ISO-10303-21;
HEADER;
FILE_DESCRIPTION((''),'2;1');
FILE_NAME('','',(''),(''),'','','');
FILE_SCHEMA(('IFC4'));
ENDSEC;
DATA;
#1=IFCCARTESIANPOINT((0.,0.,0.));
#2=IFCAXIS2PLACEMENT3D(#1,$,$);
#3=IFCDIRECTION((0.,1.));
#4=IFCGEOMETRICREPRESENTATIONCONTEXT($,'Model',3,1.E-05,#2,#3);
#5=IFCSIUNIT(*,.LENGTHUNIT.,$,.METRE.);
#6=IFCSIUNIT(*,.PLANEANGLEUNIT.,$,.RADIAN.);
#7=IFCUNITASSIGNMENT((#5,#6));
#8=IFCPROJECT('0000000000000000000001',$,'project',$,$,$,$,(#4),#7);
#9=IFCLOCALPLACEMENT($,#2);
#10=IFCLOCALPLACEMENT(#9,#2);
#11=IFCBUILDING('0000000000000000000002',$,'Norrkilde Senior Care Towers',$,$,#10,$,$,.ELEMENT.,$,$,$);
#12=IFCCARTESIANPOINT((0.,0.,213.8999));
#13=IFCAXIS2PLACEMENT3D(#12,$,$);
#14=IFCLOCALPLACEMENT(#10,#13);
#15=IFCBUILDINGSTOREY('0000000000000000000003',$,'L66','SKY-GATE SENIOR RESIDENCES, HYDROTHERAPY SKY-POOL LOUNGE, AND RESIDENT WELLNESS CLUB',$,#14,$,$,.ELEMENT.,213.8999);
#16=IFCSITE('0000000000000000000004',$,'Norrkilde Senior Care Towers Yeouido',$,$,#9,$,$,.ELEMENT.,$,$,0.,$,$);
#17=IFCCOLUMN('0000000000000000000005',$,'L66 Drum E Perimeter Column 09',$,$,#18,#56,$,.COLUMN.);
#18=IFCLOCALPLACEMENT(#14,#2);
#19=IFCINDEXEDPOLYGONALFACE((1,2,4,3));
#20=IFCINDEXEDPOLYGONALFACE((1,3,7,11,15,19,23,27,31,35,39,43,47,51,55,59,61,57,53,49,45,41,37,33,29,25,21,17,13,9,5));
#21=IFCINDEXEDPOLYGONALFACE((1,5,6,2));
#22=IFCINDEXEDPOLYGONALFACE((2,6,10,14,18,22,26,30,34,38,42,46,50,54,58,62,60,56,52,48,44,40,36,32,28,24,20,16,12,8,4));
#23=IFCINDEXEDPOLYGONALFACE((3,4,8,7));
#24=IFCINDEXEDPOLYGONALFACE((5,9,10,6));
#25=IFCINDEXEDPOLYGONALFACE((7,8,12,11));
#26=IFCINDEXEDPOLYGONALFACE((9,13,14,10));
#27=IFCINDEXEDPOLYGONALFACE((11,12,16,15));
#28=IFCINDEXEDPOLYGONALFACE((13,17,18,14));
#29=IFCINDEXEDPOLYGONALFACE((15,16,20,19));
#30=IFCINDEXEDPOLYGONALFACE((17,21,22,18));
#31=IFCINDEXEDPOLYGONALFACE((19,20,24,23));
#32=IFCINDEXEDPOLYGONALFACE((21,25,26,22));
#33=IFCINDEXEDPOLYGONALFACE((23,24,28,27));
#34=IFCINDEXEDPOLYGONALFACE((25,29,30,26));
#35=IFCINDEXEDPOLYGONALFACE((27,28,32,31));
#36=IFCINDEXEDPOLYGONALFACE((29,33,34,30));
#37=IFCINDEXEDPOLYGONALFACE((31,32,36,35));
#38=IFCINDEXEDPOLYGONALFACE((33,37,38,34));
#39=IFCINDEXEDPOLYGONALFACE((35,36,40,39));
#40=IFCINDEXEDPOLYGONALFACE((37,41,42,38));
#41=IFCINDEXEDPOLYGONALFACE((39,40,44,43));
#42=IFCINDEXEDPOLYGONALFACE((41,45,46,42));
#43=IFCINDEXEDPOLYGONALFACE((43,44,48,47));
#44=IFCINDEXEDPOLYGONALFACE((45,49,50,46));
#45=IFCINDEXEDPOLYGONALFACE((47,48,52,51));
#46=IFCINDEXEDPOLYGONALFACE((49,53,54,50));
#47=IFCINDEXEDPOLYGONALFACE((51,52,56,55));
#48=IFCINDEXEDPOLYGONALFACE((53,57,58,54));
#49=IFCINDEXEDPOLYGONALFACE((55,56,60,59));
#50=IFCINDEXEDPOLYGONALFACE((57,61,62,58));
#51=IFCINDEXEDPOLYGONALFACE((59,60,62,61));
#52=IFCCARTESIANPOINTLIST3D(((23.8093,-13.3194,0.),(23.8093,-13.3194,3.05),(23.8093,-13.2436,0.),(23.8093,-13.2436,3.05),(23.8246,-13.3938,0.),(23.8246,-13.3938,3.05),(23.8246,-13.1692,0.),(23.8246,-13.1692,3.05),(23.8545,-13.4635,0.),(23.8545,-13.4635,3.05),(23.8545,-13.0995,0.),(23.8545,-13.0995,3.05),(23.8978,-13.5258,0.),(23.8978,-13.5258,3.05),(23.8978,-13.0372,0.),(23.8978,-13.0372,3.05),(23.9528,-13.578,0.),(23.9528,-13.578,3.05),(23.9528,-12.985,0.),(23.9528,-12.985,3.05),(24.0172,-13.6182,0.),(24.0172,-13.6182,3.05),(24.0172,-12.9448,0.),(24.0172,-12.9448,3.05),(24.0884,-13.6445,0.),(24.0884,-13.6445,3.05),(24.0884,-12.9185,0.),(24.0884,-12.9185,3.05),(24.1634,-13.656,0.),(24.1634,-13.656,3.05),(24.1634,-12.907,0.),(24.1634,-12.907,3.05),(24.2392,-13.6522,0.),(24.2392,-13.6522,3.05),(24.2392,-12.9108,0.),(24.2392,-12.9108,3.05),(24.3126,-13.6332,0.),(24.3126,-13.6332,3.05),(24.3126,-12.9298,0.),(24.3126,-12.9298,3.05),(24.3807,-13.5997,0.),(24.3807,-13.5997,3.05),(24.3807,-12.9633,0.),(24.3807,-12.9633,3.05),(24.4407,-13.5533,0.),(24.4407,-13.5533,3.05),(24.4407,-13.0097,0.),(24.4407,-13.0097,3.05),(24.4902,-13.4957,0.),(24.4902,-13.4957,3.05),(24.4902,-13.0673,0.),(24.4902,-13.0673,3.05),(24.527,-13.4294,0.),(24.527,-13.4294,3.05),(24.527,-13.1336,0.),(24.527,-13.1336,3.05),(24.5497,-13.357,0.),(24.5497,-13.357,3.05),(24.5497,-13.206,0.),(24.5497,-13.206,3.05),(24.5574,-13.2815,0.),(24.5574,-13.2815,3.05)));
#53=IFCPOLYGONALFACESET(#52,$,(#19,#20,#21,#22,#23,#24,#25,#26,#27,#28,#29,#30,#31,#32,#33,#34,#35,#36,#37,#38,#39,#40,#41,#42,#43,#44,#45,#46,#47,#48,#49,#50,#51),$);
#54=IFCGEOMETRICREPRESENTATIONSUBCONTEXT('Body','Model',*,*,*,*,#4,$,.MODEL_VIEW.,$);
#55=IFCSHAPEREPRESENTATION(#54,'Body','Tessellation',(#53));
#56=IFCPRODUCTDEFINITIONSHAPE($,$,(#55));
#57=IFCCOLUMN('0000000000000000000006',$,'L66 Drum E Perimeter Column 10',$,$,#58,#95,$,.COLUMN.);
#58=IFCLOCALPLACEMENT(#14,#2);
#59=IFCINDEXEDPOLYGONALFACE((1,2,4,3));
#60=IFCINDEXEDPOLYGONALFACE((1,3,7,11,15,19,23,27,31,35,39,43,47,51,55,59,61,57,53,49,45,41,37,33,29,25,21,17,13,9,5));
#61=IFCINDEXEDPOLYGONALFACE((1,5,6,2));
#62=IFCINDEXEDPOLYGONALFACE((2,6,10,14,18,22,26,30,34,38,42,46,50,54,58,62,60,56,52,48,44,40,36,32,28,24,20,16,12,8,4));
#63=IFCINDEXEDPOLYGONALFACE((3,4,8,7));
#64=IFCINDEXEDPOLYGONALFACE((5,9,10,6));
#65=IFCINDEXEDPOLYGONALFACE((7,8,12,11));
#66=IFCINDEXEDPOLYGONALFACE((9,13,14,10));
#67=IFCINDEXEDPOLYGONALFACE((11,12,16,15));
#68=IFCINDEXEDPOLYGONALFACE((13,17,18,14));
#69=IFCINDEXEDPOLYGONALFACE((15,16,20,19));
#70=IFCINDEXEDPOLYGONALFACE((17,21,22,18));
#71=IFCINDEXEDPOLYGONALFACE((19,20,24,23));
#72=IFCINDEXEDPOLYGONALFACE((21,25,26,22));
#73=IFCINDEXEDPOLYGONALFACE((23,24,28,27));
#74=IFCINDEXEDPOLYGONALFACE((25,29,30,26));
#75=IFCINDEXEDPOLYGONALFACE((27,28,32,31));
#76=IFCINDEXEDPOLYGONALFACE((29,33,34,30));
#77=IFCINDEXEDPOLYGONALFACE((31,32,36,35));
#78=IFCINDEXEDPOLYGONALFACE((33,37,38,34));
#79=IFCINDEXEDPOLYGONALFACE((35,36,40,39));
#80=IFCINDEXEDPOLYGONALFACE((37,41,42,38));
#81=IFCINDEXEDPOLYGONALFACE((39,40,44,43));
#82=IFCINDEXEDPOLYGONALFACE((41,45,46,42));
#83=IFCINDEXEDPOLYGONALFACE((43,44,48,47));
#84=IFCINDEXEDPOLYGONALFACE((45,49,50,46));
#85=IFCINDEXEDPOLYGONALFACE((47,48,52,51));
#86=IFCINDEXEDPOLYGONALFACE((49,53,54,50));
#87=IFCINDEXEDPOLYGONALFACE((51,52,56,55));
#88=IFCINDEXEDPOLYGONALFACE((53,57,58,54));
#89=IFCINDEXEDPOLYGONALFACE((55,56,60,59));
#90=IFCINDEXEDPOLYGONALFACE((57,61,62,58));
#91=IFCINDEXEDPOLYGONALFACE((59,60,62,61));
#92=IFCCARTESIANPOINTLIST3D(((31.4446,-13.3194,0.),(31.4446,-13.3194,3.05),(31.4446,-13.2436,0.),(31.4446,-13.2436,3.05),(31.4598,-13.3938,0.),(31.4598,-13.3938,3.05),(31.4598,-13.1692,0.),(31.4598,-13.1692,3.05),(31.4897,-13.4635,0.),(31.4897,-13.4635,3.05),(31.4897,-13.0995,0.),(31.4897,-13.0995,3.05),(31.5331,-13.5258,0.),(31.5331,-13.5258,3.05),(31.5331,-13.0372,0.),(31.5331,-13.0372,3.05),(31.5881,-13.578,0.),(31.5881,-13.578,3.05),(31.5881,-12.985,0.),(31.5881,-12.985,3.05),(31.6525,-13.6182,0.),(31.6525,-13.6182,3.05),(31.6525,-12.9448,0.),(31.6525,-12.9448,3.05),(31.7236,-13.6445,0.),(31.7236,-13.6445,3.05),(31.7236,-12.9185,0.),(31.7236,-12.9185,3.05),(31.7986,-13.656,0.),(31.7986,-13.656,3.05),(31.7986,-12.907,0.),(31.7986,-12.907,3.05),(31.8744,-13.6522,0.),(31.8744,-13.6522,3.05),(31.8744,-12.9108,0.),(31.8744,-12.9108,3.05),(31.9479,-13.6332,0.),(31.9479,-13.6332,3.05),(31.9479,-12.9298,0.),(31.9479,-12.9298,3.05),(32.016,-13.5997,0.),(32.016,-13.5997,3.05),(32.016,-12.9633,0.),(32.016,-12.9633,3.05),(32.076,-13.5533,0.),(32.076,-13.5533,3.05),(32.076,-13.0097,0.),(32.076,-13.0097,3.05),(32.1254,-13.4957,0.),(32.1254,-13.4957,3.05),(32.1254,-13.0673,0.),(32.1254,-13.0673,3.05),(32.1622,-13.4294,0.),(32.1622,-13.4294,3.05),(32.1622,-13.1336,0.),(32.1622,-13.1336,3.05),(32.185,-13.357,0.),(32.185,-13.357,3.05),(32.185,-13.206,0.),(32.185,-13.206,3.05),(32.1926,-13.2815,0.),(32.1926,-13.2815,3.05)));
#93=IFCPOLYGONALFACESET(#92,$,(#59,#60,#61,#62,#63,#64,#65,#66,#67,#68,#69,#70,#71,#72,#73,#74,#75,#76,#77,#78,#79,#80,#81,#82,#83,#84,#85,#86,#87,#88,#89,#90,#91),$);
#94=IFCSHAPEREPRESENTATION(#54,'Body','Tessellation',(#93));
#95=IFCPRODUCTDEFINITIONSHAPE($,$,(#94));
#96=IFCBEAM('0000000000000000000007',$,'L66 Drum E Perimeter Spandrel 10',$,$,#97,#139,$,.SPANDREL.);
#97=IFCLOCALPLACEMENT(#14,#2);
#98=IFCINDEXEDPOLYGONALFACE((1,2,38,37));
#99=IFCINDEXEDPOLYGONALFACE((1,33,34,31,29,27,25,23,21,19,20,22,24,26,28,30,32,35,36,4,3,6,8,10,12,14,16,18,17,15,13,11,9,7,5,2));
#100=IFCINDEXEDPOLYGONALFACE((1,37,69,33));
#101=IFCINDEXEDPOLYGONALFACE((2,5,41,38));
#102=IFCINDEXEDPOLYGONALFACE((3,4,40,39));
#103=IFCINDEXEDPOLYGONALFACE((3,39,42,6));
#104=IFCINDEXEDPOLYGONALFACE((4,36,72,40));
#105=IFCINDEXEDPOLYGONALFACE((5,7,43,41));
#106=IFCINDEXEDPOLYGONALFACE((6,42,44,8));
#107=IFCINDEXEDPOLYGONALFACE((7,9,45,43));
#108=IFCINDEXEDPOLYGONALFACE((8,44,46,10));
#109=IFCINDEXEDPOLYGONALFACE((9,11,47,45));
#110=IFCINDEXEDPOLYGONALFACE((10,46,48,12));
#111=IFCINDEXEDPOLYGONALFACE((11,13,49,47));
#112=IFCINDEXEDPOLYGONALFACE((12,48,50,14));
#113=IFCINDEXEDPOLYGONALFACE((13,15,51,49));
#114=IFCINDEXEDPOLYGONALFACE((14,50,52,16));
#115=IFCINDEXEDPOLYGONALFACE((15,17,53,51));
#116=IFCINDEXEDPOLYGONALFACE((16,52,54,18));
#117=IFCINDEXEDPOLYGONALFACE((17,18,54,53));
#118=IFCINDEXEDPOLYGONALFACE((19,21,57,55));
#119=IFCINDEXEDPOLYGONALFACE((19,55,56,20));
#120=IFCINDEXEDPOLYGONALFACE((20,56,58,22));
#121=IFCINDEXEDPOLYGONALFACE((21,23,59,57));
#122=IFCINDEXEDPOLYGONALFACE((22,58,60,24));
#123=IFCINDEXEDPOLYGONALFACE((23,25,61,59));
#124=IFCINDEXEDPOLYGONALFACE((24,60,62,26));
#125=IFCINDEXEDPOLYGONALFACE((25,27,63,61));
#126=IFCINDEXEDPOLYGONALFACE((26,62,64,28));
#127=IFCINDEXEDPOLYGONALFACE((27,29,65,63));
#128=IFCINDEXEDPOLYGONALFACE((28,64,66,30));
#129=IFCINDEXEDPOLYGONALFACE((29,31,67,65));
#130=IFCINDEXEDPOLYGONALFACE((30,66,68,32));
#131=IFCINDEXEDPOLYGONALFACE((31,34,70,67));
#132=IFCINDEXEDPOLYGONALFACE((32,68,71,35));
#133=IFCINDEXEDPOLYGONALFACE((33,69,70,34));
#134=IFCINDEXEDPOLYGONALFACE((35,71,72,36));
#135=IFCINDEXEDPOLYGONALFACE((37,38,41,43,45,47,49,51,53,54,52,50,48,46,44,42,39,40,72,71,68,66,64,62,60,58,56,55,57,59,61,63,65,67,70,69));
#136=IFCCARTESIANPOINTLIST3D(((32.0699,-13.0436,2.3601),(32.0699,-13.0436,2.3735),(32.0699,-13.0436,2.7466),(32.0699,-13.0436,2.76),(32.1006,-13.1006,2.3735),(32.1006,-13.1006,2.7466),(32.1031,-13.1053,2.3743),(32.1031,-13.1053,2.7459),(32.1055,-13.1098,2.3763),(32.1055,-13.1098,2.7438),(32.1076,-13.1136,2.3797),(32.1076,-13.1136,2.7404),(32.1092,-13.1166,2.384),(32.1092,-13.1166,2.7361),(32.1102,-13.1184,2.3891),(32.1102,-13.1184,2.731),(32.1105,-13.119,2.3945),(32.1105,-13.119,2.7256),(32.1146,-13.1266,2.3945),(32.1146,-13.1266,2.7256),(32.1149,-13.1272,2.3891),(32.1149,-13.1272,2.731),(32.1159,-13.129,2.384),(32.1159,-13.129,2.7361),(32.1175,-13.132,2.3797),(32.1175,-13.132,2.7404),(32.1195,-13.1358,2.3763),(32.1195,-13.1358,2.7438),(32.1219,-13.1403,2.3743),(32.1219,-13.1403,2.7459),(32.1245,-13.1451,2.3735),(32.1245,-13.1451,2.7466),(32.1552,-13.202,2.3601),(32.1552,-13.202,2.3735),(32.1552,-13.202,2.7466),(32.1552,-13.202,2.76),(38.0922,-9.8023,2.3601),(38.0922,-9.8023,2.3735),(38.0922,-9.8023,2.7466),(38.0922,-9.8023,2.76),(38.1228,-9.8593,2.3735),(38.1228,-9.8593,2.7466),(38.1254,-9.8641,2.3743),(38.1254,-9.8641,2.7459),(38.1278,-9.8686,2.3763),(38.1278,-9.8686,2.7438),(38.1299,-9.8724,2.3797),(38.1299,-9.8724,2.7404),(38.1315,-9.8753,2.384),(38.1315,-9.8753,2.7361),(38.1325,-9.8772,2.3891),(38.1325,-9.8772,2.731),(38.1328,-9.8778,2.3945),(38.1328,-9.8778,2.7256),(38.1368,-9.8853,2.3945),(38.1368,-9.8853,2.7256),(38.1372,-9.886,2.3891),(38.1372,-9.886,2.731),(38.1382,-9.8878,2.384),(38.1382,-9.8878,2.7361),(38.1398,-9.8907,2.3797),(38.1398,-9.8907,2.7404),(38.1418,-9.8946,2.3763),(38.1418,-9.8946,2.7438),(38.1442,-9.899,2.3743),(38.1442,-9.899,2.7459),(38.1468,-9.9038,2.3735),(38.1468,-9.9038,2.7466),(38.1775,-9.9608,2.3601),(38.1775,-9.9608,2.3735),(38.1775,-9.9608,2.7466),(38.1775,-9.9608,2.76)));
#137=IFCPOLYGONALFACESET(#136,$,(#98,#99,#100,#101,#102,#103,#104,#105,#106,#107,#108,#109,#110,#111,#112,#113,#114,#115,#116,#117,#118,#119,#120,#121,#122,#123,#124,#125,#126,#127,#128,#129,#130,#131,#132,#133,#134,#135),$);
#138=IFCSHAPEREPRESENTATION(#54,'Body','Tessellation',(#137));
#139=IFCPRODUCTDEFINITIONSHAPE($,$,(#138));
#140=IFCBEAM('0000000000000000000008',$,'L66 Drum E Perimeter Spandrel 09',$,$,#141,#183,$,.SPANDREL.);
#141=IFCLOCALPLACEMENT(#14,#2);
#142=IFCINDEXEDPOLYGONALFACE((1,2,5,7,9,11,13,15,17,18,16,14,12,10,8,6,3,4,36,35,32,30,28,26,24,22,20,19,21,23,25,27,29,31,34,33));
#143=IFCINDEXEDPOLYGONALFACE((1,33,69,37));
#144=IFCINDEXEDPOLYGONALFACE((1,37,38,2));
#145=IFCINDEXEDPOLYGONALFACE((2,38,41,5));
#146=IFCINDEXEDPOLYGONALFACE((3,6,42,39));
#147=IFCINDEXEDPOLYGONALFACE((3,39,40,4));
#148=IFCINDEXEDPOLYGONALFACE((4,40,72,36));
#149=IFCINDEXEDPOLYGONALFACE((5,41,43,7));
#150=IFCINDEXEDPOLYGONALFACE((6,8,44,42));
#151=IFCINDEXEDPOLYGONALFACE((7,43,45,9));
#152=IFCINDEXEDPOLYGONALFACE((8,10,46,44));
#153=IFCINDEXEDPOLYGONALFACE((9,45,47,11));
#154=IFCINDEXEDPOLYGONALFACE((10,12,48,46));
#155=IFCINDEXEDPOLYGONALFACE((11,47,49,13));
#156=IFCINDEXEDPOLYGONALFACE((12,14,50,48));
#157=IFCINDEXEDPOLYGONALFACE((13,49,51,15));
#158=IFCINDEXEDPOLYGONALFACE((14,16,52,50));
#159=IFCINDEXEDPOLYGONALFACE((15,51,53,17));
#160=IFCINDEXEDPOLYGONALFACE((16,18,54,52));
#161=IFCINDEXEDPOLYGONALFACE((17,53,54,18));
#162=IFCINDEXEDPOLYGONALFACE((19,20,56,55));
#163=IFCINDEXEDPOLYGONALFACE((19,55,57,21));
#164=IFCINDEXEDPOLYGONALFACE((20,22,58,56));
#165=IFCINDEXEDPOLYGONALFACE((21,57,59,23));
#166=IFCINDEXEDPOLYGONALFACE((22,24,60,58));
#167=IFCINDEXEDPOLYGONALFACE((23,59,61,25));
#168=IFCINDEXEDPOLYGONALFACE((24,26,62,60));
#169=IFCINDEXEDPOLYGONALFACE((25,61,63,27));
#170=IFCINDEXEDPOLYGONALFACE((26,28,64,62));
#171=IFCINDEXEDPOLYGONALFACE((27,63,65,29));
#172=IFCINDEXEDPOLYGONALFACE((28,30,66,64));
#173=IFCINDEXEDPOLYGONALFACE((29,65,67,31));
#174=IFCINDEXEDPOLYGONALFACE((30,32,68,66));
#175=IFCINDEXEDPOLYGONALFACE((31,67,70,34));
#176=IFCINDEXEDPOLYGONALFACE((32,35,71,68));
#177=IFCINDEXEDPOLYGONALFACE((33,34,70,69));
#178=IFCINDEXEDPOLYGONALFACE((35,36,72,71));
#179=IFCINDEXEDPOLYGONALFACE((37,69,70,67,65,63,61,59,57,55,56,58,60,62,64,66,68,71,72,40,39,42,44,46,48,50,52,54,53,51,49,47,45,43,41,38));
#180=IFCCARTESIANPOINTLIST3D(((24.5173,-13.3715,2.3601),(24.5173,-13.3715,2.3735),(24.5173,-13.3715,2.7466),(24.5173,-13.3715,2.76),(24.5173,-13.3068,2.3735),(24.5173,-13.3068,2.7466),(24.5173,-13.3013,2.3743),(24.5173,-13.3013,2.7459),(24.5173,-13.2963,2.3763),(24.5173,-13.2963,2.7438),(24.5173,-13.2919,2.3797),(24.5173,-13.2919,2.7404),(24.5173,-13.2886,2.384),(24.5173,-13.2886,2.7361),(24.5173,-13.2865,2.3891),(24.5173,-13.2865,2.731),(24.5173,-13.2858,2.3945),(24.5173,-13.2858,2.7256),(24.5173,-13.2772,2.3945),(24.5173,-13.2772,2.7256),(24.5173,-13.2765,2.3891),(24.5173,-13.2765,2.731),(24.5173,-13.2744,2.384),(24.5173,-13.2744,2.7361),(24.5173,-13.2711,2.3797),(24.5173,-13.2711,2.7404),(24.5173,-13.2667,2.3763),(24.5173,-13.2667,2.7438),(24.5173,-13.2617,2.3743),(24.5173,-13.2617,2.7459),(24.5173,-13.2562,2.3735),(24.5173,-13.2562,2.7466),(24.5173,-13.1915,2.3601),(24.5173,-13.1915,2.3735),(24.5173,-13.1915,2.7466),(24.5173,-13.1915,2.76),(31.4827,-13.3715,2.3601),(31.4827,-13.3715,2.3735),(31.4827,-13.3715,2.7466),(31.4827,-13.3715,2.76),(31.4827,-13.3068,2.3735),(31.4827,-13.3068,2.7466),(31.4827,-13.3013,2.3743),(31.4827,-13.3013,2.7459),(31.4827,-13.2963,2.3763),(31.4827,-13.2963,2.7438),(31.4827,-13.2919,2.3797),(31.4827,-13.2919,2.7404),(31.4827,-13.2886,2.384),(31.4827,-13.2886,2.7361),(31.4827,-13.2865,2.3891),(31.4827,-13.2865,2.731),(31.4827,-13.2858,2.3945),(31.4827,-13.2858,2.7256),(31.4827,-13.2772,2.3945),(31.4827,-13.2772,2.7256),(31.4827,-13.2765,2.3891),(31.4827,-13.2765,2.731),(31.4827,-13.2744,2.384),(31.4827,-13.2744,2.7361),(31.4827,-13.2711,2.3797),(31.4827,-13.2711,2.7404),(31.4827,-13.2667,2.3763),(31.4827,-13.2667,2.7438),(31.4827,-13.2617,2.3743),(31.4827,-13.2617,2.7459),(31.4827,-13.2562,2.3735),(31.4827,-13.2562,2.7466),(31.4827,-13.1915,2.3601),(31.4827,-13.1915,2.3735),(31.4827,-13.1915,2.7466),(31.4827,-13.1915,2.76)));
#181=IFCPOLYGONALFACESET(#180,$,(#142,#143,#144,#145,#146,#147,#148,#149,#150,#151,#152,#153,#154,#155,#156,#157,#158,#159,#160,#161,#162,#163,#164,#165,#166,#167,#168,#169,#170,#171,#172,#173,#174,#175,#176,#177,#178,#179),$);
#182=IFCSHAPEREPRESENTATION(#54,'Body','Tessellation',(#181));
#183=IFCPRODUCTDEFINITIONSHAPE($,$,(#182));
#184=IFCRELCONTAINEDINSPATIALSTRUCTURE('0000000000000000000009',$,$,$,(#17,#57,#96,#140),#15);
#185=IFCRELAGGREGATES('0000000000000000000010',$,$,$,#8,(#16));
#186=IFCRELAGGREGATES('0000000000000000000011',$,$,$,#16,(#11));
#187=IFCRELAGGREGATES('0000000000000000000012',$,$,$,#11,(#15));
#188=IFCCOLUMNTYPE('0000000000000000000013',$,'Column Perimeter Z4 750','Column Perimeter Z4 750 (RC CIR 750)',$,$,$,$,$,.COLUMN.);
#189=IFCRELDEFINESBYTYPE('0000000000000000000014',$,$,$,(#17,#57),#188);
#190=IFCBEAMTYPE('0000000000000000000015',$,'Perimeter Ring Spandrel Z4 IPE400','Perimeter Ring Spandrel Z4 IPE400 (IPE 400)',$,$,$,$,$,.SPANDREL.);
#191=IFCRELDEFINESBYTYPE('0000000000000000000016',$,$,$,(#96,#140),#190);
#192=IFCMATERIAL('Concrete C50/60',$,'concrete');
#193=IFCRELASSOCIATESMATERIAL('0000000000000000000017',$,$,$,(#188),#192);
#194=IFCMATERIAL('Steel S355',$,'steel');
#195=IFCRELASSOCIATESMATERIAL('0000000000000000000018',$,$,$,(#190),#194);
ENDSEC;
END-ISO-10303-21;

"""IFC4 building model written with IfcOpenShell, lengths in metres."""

from ifc_helpers import new_model, si_unit, direction, frame, origin, origin_2d, place, context, subcontext, project, spatial, circle, i_section, extrude, source, transform, mapped, material, material_profile, profile_set, type_object, type_shapes, element, save


model = new_model("IFC4")

# Units and contexts
model_context = context("Model", 3, precision=1e-05, world=origin(), true_north=direction((0.0, 1.0)))
body_context = subcontext(model_context, "Body", "Model", "MODEL_VIEW")
ifc_project = project(units=[si_unit("LENGTHUNIT", "METRE"), si_unit("PLANEANGLEUNIT", "RADIAN")], contexts=[model_context])

# Site, building, storey
site_placement = place(None, origin())
site = spatial("IfcSite", under=ifc_project, at=site_placement, Name="Norrkilde Senior Care Towers Yeouido", CompositionType="ELEMENT", RefElevation=0.0)
building_placement = place(site_placement, origin())
building = spatial("IfcBuilding", under=site, at=building_placement, Name="Norrkilde Senior Care Towers", CompositionType="ELEMENT")
storey_placement = place(building_placement, frame((0.0, 0.0, 213.8999)))
storey = spatial("IfcBuildingStorey", under=building, at=storey_placement, Name="L66", Description="SKY-GATE SENIOR RESIDENCES, HYDROTHERAPY SKY-POOL LOUNGE, AND RESIDENT WELLNESS CLUB", CompositionType="ELEMENT", Elevation=213.8999)

# Columns
ifc_material_1 = material(Name="Concrete C50/60", Category="concrete")
ifc_material_profile_1 = material_profile(ifc_material_1, circle(Radius=0.375, at=origin_2d()), Name="RC CIR 750")
ifc_profile_set_1 = profile_set([ifc_material_profile_1], Name="Concrete C50/60")
column_type = type_object("IfcColumnType", Name="Column Perimeter Z4 750", Description="Column Perimeter Z4 750 (RC CIR 750)", PredefinedType="COLUMN", material=ifc_profile_set_1)
shared_shape_1 = source(origin(), body_context, "Body", "SweptSolid", [
    extrude(circle(Radius=0.375, at=origin_2d()), origin(), (0.0, 0.0, 1.0), 3.05),
])
type_shapes(column_type, [shared_shape_1])
for number, where, z_axis, x_axis, name in (
    (1, (24.1824, -13.2815, 0.0), (0.0, 0.0, 1.0), (1.0, 0.0, 0.0), "L66 Drum E Perimeter Column 09"),
    (2, (31.8176, -13.2815, 0.0), (0.0, 0.0, 1.0), (1.0, 0.0, 0.0), "L66 Drum E Perimeter Column 10"),
):
    element("IfcColumn", number, at=place(storey_placement, frame(where, z_axis=z_axis, x_axis=x_axis)), inside=storey, type_object=column_type, Name=name, PredefinedType="COLUMN", context=body_context, shape_type="MappedRepresentation", body=[
        mapped(shared_shape_1, transform((0.0, 0.0, 0.0), x_axis=(1.0, 0.0, 0.0), y_axis=(0.0, 1.0, 0.0), z_axis=(0.0, 0.0, 1.0), scale=1.0)),
    ])

# Beams
ifc_material_2 = material(Name="Steel S355", Category="steel")
ifc_material_profile_2 = material_profile(ifc_material_2, i_section(OverallWidth=0.1799, OverallDepth=0.3999, WebThickness=0.0085, FlangeThickness=0.0134, FilletRadius=0.021, at=origin_2d()), Name="IPE 400")
ifc_profile_set_2 = profile_set([ifc_material_profile_2], Name="Steel S355")
beam_type_1 = type_object("IfcBeamType", Name="Perimeter Ring Spandrel Z4 IPE400", Description="Perimeter Ring Spandrel Z4 IPE400 (IPE 400)", PredefinedType="SPANDREL", material=ifc_profile_set_2)
shared_shape_2 = source(origin(), body_context, "Body", "SweptSolid", [
    extrude(i_section(OverallWidth=0.1799, OverallDepth=0.3999, WebThickness=0.0085, FlangeThickness=0.0134, FilletRadius=0.021, at=origin_2d()), origin(), (0.0, 0.0, 1.0), 6.8391),
])
beam_1_placement = place(storey_placement, frame((32.1125, -13.1228, 2.5601), z_axis=(0.880564, 0.473927, 0.0), x_axis=(-0.473927, 0.880564, 0.0)))
element("IfcBeam", 3, at=beam_1_placement, inside=storey, type_object=beam_type_1, Name="L66 Drum E Perimeter Spandrel 10", PredefinedType="SPANDREL", context=body_context, shape_type="MappedRepresentation", body=[
    mapped(shared_shape_2, transform((0.0, 0.0, 0.0), x_axis=(1.0, 0.0, 0.0), y_axis=(0.0, 1.0, 0.0), z_axis=(0.0, 0.0, 1.0), scale=1.0)),
])
shared_shape_3 = source(origin(), body_context, "Body", "SweptSolid", [
    extrude(i_section(OverallWidth=0.1799, OverallDepth=0.3999, WebThickness=0.0085, FlangeThickness=0.0134, FilletRadius=0.021, at=origin_2d()), origin(), (0.0, 0.0, 1.0), 6.9653),
])
type_shapes(beam_type_1, [shared_shape_2, shared_shape_3])
beam_2_placement = place(storey_placement, frame((24.5173, -13.2815, 2.5601), z_axis=(1.0, 0.0, 0.0), x_axis=(0.0, 1.0, 0.0)))
element("IfcBeam", 4, at=beam_2_placement, inside=storey, type_object=beam_type_1, Name="L66 Drum E Perimeter Spandrel 09", PredefinedType="SPANDREL", context=body_context, shape_type="MappedRepresentation", body=[
    mapped(shared_shape_3, transform((0.0, 0.0, 0.0), x_axis=(1.0, 0.0, 0.0), y_axis=(0.0, 1.0, 0.0), z_axis=(0.0, 0.0, 1.0), scale=1.0)),
])

save(model, "model.ifc")
